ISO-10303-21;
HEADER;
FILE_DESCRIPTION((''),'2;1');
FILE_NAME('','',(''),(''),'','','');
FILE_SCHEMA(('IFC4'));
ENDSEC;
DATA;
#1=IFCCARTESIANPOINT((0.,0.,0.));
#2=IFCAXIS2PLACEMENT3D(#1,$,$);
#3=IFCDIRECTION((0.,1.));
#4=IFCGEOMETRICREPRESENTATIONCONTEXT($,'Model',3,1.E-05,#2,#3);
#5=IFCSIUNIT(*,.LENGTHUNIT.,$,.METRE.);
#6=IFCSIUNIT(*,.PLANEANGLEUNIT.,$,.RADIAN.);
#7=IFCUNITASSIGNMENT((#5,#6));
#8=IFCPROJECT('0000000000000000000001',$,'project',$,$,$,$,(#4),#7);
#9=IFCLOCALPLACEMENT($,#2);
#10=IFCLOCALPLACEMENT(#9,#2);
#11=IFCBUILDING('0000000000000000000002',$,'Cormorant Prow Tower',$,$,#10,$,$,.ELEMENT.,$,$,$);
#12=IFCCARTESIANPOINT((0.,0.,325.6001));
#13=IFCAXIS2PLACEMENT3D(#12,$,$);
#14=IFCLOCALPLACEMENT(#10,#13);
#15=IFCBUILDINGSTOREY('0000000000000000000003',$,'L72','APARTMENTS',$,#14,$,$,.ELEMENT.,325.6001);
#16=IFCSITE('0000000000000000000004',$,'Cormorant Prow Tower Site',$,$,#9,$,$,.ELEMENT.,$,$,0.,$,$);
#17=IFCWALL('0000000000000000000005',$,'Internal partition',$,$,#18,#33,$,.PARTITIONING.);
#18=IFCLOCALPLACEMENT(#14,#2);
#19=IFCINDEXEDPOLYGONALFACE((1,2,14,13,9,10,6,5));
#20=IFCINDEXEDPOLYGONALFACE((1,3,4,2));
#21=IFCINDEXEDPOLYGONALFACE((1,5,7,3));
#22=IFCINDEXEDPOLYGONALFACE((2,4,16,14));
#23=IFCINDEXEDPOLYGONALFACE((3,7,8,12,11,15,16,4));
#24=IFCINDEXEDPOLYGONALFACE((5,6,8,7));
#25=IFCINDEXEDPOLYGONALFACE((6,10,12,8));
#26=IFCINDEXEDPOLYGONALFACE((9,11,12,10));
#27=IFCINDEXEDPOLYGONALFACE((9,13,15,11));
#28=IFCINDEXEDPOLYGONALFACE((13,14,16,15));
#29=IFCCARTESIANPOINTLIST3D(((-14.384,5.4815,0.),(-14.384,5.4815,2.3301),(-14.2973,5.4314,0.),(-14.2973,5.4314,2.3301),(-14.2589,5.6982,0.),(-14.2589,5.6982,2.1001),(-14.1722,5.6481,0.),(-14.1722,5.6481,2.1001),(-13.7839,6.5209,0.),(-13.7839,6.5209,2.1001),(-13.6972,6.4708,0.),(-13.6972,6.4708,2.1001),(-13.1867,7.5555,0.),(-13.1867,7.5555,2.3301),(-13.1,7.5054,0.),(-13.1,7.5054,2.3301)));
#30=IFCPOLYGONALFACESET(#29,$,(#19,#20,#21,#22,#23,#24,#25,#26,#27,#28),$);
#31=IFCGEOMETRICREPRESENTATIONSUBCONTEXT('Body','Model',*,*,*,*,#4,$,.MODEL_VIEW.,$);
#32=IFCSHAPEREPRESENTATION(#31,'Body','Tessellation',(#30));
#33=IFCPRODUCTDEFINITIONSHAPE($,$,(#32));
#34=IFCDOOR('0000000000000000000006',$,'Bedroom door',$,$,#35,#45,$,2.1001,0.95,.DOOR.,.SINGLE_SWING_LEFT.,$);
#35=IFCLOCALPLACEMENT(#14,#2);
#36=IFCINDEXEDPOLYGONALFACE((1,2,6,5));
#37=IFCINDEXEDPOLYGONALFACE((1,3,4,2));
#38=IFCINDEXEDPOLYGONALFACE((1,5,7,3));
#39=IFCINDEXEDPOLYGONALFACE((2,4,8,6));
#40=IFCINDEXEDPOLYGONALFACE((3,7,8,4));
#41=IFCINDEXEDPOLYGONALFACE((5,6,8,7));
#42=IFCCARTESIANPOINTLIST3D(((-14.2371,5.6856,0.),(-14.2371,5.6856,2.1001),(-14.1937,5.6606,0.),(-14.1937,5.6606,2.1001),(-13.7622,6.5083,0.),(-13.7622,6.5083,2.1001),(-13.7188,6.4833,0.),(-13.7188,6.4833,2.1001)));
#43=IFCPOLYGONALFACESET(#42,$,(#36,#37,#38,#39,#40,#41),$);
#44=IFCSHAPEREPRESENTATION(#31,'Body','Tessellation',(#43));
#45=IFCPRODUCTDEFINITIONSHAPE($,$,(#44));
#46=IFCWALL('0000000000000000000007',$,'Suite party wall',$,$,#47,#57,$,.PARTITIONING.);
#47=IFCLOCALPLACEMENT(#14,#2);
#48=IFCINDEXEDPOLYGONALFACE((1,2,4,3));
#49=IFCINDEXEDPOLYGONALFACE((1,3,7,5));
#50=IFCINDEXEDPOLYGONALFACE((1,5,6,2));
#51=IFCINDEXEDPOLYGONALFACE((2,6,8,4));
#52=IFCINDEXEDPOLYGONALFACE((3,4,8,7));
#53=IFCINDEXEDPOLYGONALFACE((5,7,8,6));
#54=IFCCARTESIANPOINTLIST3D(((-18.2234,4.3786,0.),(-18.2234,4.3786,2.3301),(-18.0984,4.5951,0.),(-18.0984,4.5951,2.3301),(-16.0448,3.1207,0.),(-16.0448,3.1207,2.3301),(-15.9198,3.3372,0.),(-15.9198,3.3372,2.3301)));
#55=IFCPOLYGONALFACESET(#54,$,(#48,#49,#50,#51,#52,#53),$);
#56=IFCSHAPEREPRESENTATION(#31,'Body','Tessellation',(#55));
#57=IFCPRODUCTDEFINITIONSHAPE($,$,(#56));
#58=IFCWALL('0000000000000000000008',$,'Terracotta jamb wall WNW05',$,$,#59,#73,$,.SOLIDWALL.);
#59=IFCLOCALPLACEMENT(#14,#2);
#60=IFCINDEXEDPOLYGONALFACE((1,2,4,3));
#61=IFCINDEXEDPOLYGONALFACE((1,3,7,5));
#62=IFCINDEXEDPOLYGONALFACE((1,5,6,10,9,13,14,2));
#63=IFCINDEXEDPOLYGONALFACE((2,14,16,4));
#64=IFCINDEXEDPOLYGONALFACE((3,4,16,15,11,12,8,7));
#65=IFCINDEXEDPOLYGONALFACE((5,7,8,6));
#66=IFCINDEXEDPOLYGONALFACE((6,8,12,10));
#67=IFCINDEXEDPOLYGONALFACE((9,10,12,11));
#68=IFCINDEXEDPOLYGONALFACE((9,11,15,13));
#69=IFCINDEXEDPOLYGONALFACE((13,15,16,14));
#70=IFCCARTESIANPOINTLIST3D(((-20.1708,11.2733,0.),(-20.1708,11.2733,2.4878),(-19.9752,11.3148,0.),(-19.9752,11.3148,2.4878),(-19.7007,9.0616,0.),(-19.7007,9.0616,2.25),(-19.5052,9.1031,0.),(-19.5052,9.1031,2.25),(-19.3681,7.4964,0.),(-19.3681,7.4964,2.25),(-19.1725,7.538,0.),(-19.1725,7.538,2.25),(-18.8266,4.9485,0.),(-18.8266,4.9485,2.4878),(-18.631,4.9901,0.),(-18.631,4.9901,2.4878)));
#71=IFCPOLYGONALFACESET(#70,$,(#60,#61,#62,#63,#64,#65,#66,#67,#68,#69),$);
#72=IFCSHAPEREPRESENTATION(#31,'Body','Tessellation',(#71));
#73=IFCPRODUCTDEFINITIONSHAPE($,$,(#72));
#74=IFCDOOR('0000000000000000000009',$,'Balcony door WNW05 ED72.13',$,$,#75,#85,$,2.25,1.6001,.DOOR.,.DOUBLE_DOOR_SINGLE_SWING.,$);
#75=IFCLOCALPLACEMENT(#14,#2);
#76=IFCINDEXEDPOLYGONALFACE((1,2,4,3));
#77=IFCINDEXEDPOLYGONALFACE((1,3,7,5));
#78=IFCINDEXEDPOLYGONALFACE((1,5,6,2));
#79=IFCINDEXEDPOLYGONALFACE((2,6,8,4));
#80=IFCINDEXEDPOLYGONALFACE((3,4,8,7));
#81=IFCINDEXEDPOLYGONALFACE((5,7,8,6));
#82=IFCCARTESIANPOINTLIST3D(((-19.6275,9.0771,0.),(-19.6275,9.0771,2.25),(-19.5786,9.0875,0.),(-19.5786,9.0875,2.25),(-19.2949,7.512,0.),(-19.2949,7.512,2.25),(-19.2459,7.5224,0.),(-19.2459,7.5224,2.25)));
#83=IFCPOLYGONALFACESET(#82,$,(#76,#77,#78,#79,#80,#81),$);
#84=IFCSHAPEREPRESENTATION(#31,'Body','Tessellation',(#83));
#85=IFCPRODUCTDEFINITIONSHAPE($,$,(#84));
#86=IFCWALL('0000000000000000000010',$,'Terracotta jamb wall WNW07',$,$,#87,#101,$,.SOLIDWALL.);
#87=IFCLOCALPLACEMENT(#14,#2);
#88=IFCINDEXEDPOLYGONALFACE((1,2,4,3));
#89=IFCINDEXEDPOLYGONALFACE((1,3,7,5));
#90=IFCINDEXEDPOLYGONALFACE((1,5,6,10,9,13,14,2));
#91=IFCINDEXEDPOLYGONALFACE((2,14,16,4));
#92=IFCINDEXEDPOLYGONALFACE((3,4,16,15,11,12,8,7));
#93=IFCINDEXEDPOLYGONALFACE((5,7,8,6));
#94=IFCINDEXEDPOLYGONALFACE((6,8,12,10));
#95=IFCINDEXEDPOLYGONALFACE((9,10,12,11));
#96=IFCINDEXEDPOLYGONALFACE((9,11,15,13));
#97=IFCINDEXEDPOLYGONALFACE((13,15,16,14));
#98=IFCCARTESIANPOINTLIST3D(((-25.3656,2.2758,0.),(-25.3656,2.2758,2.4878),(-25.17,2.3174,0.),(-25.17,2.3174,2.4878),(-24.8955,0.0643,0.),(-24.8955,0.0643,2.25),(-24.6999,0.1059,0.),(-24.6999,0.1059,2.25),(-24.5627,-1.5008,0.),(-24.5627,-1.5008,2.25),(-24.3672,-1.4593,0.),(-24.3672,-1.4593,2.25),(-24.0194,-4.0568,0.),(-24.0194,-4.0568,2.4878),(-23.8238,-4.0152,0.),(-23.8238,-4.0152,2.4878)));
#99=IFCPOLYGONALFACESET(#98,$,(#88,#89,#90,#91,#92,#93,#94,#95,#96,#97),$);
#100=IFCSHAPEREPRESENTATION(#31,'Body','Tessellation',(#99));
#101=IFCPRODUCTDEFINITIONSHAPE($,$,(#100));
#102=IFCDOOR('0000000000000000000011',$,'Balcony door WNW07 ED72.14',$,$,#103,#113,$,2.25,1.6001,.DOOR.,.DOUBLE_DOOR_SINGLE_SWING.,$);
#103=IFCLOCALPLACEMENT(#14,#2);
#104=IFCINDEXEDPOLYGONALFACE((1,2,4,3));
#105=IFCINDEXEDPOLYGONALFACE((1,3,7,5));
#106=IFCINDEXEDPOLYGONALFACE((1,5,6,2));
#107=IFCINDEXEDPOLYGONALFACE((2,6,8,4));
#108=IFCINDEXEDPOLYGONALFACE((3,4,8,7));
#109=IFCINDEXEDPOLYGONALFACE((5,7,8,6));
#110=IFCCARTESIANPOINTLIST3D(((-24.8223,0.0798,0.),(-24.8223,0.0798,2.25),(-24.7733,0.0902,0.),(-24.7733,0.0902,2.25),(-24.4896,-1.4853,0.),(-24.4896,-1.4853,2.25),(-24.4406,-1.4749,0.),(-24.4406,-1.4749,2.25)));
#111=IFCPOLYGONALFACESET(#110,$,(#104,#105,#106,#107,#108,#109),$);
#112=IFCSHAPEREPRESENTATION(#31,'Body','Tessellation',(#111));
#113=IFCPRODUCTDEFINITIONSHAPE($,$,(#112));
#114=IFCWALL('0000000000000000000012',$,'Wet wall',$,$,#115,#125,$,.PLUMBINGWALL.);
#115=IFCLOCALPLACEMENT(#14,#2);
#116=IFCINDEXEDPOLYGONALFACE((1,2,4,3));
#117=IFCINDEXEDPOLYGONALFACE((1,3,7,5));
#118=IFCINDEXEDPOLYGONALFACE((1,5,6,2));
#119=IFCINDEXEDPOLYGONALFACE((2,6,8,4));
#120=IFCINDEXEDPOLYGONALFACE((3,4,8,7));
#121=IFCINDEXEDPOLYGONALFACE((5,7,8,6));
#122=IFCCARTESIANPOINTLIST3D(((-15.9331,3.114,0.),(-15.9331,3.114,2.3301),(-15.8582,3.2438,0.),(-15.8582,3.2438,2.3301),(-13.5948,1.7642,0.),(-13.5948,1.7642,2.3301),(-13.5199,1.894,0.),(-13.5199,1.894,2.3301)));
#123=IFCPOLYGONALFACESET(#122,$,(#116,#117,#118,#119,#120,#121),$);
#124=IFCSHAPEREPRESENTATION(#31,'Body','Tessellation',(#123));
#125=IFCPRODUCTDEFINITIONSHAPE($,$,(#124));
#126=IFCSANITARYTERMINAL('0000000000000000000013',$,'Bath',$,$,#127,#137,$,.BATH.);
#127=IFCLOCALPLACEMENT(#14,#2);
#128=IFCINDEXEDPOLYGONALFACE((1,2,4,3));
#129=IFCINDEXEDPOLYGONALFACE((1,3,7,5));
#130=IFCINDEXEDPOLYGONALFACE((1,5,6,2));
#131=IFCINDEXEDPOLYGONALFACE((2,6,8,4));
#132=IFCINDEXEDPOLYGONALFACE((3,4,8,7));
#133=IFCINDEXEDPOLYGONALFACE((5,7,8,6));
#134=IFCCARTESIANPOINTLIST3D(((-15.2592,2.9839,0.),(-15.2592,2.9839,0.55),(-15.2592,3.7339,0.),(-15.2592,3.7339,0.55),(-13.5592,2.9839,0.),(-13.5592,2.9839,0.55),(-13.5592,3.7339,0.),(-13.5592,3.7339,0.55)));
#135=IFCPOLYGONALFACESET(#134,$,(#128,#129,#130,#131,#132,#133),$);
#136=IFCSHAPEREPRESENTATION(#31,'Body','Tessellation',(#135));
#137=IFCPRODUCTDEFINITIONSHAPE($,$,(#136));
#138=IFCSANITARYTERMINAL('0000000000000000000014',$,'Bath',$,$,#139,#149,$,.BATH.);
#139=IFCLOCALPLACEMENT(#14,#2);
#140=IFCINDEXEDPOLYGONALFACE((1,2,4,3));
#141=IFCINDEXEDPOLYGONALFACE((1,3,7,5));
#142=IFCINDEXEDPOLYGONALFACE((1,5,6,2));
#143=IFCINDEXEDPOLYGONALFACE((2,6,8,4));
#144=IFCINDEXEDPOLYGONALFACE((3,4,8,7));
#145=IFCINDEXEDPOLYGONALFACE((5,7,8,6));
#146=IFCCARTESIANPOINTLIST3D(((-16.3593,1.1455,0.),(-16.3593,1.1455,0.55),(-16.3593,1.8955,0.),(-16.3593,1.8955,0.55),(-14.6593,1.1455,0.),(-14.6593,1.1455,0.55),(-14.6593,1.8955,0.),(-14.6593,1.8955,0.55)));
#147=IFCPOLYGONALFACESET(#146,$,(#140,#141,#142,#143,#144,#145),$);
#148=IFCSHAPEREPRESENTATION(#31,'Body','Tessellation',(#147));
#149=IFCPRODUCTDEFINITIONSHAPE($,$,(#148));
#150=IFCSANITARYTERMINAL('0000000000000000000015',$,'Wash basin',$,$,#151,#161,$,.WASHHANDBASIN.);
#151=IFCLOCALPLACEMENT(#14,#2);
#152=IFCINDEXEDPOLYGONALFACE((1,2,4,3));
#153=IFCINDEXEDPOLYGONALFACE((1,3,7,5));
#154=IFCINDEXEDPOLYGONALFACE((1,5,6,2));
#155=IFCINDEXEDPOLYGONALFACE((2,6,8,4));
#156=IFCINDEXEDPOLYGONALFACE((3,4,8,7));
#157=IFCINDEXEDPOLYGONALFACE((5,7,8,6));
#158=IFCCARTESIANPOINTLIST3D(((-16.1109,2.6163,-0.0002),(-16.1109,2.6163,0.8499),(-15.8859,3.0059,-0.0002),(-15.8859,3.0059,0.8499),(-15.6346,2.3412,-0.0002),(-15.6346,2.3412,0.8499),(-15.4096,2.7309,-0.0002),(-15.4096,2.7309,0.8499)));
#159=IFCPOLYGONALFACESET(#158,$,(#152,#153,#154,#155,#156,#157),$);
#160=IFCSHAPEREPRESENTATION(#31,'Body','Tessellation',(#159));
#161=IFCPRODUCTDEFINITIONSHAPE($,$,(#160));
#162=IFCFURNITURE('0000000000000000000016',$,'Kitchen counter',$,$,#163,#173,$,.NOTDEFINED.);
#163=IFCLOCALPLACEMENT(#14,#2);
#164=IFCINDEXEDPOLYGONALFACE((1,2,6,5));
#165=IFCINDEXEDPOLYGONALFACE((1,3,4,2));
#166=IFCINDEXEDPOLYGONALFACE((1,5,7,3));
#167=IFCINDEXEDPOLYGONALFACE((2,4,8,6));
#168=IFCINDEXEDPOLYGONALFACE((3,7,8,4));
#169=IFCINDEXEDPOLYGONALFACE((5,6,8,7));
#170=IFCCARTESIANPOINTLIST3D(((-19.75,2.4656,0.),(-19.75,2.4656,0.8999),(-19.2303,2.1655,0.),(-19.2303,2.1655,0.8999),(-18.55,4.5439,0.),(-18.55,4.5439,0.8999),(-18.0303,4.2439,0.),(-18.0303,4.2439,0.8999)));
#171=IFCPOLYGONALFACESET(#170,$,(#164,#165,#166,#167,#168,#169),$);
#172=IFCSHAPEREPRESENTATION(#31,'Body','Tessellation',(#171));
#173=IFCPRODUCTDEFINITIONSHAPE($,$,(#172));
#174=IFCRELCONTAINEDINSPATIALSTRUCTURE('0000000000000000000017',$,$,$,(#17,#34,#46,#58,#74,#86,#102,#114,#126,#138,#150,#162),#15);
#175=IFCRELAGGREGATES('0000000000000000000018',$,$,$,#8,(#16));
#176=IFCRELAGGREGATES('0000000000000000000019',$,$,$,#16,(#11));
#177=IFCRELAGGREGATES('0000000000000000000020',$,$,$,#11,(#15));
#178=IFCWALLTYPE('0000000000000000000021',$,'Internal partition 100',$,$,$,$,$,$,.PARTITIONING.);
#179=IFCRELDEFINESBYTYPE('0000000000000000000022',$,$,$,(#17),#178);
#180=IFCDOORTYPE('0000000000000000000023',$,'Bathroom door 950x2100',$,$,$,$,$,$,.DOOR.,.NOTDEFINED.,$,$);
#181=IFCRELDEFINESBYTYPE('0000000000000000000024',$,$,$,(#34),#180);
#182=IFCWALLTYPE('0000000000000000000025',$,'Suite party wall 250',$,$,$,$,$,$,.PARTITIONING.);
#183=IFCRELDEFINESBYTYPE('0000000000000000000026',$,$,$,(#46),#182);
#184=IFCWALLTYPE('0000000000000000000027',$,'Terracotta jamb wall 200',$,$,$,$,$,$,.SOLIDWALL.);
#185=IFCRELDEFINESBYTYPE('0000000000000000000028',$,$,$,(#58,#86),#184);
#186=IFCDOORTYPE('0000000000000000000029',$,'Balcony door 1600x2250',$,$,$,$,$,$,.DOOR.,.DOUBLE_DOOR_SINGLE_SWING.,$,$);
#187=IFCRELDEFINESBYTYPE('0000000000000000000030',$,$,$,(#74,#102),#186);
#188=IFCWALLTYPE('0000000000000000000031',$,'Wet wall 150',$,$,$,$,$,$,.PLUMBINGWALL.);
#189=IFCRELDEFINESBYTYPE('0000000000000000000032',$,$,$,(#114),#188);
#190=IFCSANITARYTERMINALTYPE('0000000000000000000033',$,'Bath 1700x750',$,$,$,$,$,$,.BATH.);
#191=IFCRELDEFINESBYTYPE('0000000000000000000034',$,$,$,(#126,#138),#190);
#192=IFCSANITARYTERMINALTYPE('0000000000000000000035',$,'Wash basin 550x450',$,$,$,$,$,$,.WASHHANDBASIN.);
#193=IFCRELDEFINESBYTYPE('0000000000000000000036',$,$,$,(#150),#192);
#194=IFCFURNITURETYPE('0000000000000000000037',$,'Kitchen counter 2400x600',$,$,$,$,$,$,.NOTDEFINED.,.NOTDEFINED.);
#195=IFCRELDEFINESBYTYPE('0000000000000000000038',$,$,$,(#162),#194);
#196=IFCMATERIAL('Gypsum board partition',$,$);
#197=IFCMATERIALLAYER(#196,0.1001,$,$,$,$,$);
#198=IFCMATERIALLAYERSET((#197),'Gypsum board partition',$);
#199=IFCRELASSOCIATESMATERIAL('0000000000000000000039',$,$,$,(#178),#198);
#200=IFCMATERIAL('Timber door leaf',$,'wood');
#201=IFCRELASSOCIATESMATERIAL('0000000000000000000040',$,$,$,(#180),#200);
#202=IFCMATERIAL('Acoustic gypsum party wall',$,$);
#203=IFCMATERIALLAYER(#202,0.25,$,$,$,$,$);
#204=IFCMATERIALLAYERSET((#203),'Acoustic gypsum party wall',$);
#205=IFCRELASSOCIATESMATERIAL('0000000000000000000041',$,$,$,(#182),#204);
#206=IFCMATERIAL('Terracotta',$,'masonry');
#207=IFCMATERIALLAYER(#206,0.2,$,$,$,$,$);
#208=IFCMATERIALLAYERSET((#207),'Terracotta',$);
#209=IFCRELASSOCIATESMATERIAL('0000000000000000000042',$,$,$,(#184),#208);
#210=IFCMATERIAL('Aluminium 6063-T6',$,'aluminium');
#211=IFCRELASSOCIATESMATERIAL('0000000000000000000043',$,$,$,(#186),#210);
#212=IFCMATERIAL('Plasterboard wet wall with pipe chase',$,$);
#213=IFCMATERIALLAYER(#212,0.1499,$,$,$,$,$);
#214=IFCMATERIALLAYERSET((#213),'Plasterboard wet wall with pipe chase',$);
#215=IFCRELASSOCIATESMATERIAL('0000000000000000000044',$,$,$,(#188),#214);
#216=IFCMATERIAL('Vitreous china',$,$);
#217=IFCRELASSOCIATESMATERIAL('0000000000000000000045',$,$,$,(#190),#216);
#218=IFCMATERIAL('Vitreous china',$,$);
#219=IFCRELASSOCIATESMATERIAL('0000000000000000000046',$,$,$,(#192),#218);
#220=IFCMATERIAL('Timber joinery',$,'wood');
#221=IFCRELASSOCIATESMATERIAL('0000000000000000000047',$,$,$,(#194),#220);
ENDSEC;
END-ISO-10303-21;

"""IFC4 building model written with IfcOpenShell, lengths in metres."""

from ifc_helpers import new_model, si_unit, direction, frame, frame_2d, origin, origin_2d, place, context, subcontext, project, spatial, rectangle, extrude, material, layer, layer_set, type_object, element, fill, save


model = new_model("IFC4")

# Units and contexts
model_context = context("Model", 3, precision=1e-05, world=origin(), true_north=direction((0.0, 1.0)))
body_context = subcontext(model_context, "Body", "Model", "MODEL_VIEW")
ifc_project = project(units=[si_unit("LENGTHUNIT", "METRE"), si_unit("PLANEANGLEUNIT", "RADIAN")], contexts=[model_context])

# Site, building, storey
site_placement = place(None, origin())
site = spatial("IfcSite", under=ifc_project, at=site_placement, Name="Cormorant Prow Tower Site", CompositionType="ELEMENT", RefElevation=0.0)
building_placement = place(site_placement, origin())
building = spatial("IfcBuilding", under=site, at=building_placement, Name="Cormorant Prow Tower", CompositionType="ELEMENT")
storey_placement = place(building_placement, frame((0.0, 0.0, 325.6001)))
storey = spatial("IfcBuildingStorey", under=building, at=storey_placement, Name="L72", Description="APARTMENTS", CompositionType="ELEMENT", Elevation=325.6001)

# Shared definitions
ifc_material_1 = material(Name="Gypsum board partition")
ifc_layer_1 = layer(ifc_material_1, 0.1001)
ifc_layer_set_1 = layer_set([ifc_layer_1], Name="Gypsum board partition")
wall_type_1 = type_object("IfcWallType", Name="Internal partition 100", PredefinedType="PARTITIONING", material=ifc_layer_set_1)
ifc_material_2 = material(Name="Timber door leaf", Category="wood")
door_type_1 = type_object("IfcDoorType", Name="Bathroom door 950x2100", OperationType="NOTDEFINED", PredefinedType="DOOR", material=ifc_material_2)

# Wall, opening, door
wall_1_placement = place(storey_placement, frame((-14.3406, 5.4565, 0.0), z_axis=(0.0, 0.0, 1.0), x_axis=(0.499955, 0.866051, 0.0)))
wall_1 = element("IfcWall", 1, at=wall_1_placement, inside=storey, type_object=wall_type_1, Name="Internal partition", PredefinedType="PARTITIONING", context=body_context, shape_type="SweptSolid", body=[
    extrude(rectangle(XDim=2.3948, YDim=0.1001, at=frame_2d((1.1973, 0.0))), origin(), (0.0, 0.0, 1.0), 2.3301),
])
opening_1_placement = place(wall_1_placement, frame((0.25, 0.0, 0.0)))
opening_1 = element("IfcOpeningElement", 2, at=opening_1_placement, cuts=wall_1, PredefinedType="OPENING", context=body_context, shape_type="SweptSolid", body=[
    extrude(rectangle(XDim=0.95, YDim=2.1001, at=frame_2d((0.4751, 1.05))), frame((0.0, 0.0601, 0.0), z_axis=(0.0, -1.0, 0.0), x_axis=(1.0, 0.0, 0.0)), (0.0, 0.0, 1.0), 0.1201),
])
door_1_placement = place(opening_1_placement, origin())
door_1 = element("IfcDoor", 3, at=door_1_placement, inside=storey, type_object=door_type_1, Name="Bedroom door", OperationType="SINGLE_SWING_LEFT", OverallHeight=2.1001, OverallWidth=0.95, PredefinedType="DOOR", context=body_context, shape_type="SweptSolid", body=[
    extrude(rectangle(XDim=0.95, YDim=2.1001, at=frame_2d((0.4751, 1.05))), frame((0.0, 0.0249, 0.0), z_axis=(0.0, -1.0, 0.0), x_axis=(1.0, 0.0, 0.0)), (0.0, 0.0, 1.0), 0.05),
])
fill(opening_1, door_1)

# Wall
ifc_material_3 = material(Name="Acoustic gypsum party wall")
ifc_layer_2 = layer(ifc_material_3, 0.25)
ifc_layer_set_2 = layer_set([ifc_layer_2], Name="Acoustic gypsum party wall")
wall_type_2 = type_object("IfcWallType", Name="Suite party wall 250", PredefinedType="PARTITIONING", material=ifc_layer_set_2)
wall_2_placement = place(storey_placement, frame((-18.1609, 4.4868, 0.0), z_axis=(0.0, 0.0, 1.0), x_axis=(0.866013, -0.500022, 0.0)))
element("IfcWall", 4, at=wall_2_placement, inside=storey, type_object=wall_type_2, Name="Suite party wall", PredefinedType="PARTITIONING", context=body_context, shape_type="SweptSolid", body=[
    extrude(rectangle(XDim=2.5156, YDim=0.25, at=frame_2d((1.2578, 0.0))), origin(), (0.0, 0.0, 1.0), 2.3301),
])

# Walls, openings, doors
ifc_material_4 = material(Name="Terracotta", Category="masonry")
ifc_layer_3 = layer(ifc_material_4, 0.2)
ifc_layer_set_3 = layer_set([ifc_layer_3], Name="Terracotta")
wall_type_3 = type_object("IfcWallType", Name="Terracotta jamb wall 200", PredefinedType="SOLIDWALL", material=ifc_layer_set_3)
wall_3_placement = place(storey_placement, frame((-20.073, 11.2939, 0.0), z_axis=(0.0, 0.0, 1.0), x_axis=(0.207894, -0.978151, 0.0)))
wall_3 = element("IfcWall", 5, at=wall_3_placement, inside=storey, type_object=wall_type_3, Name="Terracotta jamb wall WNW05", PredefinedType="SOLIDWALL", context=body_context, shape_type="SweptSolid", body=[
    extrude(rectangle(XDim=6.4661, YDim=0.2, at=frame_2d((3.2329, 0.0))), origin(), (0.0, 0.0, 1.0), 2.4878),
])
opening_2_placement = place(wall_3_placement, frame((2.261, 0.0, 0.0)))
opening_2 = element("IfcOpeningElement", 6, at=opening_2_placement, cuts=wall_3, PredefinedType="OPENING", context=body_context, shape_type="SweptSolid", body=[
    extrude(rectangle(XDim=1.6001, YDim=2.25, at=frame_2d((0.8, 1.125))), frame((0.0, 0.1099, 0.0), z_axis=(0.0, -1.0, 0.0), x_axis=(1.0, 0.0, 0.0)), (0.0, 0.0, 1.0), 0.22),
])
ifc_material_5 = material(Name="Aluminium 6063-T6", Category="aluminium")
door_type_2 = type_object("IfcDoorType", Name="Balcony door 1600x2250", OperationType="DOUBLE_DOOR_SINGLE_SWING", PredefinedType="DOOR", material=ifc_material_5)
door_2_placement = place(opening_2_placement, origin())
door_2 = element("IfcDoor", 7, at=door_2_placement, inside=storey, type_object=door_type_2, Name="Balcony door WNW05 ED72.13", OperationType="DOUBLE_DOOR_SINGLE_SWING", OverallHeight=2.25, OverallWidth=1.6001, PredefinedType="DOOR", context=body_context, shape_type="SweptSolid", body=[
    extrude(rectangle(XDim=1.6001, YDim=2.25, at=frame_2d((0.8, 1.125))), frame((0.0, 0.0249, 0.0), z_axis=(0.0, -1.0, 0.0), x_axis=(1.0, 0.0, 0.0)), (0.0, 0.0, 1.0), 0.05),
])
fill(opening_2, door_2)
wall_4_placement = place(storey_placement, frame((-25.2678, 2.2966, 0.0), z_axis=(0.0, 0.0, 1.0), x_axis=(0.207937, -0.978142, 0.0)))
wall_4 = element("IfcWall", 8, at=wall_4_placement, inside=storey, type_object=wall_type_3, Name="Terracotta jamb wall WNW07", PredefinedType="SOLIDWALL", context=body_context, shape_type="SweptSolid", body=[
    extrude(rectangle(XDim=6.4741, YDim=0.2, at=frame_2d((3.2371, 0.0))), origin(), (0.0, 0.0, 1.0), 2.4878),
])
opening_3_placement = place(wall_4_placement, frame((2.261, 0.0, 0.0)))
opening_3 = element("IfcOpeningElement", 9, at=opening_3_placement, cuts=wall_4, PredefinedType="OPENING", context=body_context, shape_type="SweptSolid", body=[
    extrude(rectangle(XDim=1.6001, YDim=2.25, at=frame_2d((0.8, 1.125))), frame((0.0, 0.1099, 0.0), z_axis=(0.0, -1.0, 0.0), x_axis=(1.0, 0.0, 0.0)), (0.0, 0.0, 1.0), 0.22),
])
door_3_placement = place(opening_3_placement, origin())
door_3 = element("IfcDoor", 10, at=door_3_placement, inside=storey, type_object=door_type_2, Name="Balcony door WNW07 ED72.14", OperationType="DOUBLE_DOOR_SINGLE_SWING", OverallHeight=2.25, OverallWidth=1.6001, PredefinedType="DOOR", context=body_context, shape_type="SweptSolid", body=[
    extrude(rectangle(XDim=1.6001, YDim=2.25, at=frame_2d((0.8, 1.125))), frame((0.0, 0.0249, 0.0), z_axis=(0.0, -1.0, 0.0), x_axis=(1.0, 0.0, 0.0)), (0.0, 0.0, 1.0), 0.05),
])
fill(opening_3, door_3)

# Wall
ifc_material_6 = material(Name="Plasterboard wet wall with pipe chase")
ifc_layer_4 = layer(ifc_material_6, 0.1499)
ifc_layer_set_4 = layer_set([ifc_layer_4], Name="Plasterboard wet wall with pipe chase")
wall_type_4 = type_object("IfcWallType", Name="Wet wall 150", PredefinedType="PLUMBINGWALL", material=ifc_layer_set_4)
wall_5_placement = place(storey_placement, frame((-15.8958, 3.179, 0.0), z_axis=(0.0, 0.0, 1.0), x_axis=(0.866059, -0.499942, 0.0)))
element("IfcWall", 11, at=wall_5_placement, inside=storey, type_object=wall_type_4, Name="Wet wall", PredefinedType="PLUMBINGWALL", context=body_context, shape_type="SweptSolid", body=[
    extrude(rectangle(XDim=2.7, YDim=0.1499, at=frame_2d((1.3501, 0.0))), origin(), (0.0, 0.0, 1.0), 2.3301),
])

# Sanitary terminals
ifc_material_7 = material(Name="Vitreous china")
sanitary_terminal_type_1 = type_object("IfcSanitaryTerminalType", Name="Bath 1700x750", PredefinedType="BATH", material=ifc_material_7)
for number, where, z_axis, x_axis, name in (
    (12, (-14.4092, 3.3589, 0.0), (0.0, 0.0, 1.0), (1.0, 0.0, 0.0), "Bath"),
    (13, (-15.5093, 1.5205, 0.0), (0.0, 0.0, 1.0), (1.0, 0.0, 0.0), "Bath"),
):
    element("IfcSanitaryTerminal", number, at=place(storey_placement, frame(where, z_axis=z_axis, x_axis=x_axis)), inside=storey, type_object=sanitary_terminal_type_1, Name=name, PredefinedType="BATH", context=body_context, shape_type="SweptSolid", body=[
        extrude(rectangle(XDim=1.7, YDim=0.75, at=origin_2d()), origin(), (0.0, 0.0, 1.0), 0.55),
    ])
ifc_material_8 = material(Name="Vitreous china")
sanitary_terminal_type_2 = type_object("IfcSanitaryTerminalType", Name="Wash basin 550x450", PredefinedType="WASHHANDBASIN", material=ifc_material_8)
sanitary_terminal_placement = place(storey_placement, frame((-15.7603, 2.6736, -0.0002), z_axis=(0.0, 0.0, 1.0), x_axis=(0.866025, -0.5, 0.0)))
element("IfcSanitaryTerminal", 14, at=sanitary_terminal_placement, inside=storey, type_object=sanitary_terminal_type_2, Name="Wash basin", PredefinedType="WASHHANDBASIN", context=body_context, shape_type="SweptSolid", body=[
    extrude(rectangle(XDim=0.55, YDim=0.45, at=origin_2d()), origin(), (0.0, 0.0, 1.0), 0.8501),
])

# Furniture
ifc_material_9 = material(Name="Timber joinery", Category="wood")
furniture_type = type_object("IfcFurnitureType", Name="Kitchen counter 2400x600", AssemblyPlace="NOTDEFINED", PredefinedType="NOTDEFINED", material=ifc_material_9)
furniture_placement = place(storey_placement, frame((-18.8901, 3.3547, 0.0), z_axis=(0.0, 0.0, 1.0), x_axis=(-0.5, -0.866025, 0.0)))
element("IfcFurniture", 15, at=furniture_placement, inside=storey, type_object=furniture_type, Name="Kitchen counter", PredefinedType="NOTDEFINED", context=body_context, shape_type="SweptSolid", body=[
    extrude(rectangle(XDim=2.3999, YDim=0.6001, at=origin_2d()), origin(), (0.0, 0.0, 1.0), 0.8999),
])

save(model, "model.ifc")
